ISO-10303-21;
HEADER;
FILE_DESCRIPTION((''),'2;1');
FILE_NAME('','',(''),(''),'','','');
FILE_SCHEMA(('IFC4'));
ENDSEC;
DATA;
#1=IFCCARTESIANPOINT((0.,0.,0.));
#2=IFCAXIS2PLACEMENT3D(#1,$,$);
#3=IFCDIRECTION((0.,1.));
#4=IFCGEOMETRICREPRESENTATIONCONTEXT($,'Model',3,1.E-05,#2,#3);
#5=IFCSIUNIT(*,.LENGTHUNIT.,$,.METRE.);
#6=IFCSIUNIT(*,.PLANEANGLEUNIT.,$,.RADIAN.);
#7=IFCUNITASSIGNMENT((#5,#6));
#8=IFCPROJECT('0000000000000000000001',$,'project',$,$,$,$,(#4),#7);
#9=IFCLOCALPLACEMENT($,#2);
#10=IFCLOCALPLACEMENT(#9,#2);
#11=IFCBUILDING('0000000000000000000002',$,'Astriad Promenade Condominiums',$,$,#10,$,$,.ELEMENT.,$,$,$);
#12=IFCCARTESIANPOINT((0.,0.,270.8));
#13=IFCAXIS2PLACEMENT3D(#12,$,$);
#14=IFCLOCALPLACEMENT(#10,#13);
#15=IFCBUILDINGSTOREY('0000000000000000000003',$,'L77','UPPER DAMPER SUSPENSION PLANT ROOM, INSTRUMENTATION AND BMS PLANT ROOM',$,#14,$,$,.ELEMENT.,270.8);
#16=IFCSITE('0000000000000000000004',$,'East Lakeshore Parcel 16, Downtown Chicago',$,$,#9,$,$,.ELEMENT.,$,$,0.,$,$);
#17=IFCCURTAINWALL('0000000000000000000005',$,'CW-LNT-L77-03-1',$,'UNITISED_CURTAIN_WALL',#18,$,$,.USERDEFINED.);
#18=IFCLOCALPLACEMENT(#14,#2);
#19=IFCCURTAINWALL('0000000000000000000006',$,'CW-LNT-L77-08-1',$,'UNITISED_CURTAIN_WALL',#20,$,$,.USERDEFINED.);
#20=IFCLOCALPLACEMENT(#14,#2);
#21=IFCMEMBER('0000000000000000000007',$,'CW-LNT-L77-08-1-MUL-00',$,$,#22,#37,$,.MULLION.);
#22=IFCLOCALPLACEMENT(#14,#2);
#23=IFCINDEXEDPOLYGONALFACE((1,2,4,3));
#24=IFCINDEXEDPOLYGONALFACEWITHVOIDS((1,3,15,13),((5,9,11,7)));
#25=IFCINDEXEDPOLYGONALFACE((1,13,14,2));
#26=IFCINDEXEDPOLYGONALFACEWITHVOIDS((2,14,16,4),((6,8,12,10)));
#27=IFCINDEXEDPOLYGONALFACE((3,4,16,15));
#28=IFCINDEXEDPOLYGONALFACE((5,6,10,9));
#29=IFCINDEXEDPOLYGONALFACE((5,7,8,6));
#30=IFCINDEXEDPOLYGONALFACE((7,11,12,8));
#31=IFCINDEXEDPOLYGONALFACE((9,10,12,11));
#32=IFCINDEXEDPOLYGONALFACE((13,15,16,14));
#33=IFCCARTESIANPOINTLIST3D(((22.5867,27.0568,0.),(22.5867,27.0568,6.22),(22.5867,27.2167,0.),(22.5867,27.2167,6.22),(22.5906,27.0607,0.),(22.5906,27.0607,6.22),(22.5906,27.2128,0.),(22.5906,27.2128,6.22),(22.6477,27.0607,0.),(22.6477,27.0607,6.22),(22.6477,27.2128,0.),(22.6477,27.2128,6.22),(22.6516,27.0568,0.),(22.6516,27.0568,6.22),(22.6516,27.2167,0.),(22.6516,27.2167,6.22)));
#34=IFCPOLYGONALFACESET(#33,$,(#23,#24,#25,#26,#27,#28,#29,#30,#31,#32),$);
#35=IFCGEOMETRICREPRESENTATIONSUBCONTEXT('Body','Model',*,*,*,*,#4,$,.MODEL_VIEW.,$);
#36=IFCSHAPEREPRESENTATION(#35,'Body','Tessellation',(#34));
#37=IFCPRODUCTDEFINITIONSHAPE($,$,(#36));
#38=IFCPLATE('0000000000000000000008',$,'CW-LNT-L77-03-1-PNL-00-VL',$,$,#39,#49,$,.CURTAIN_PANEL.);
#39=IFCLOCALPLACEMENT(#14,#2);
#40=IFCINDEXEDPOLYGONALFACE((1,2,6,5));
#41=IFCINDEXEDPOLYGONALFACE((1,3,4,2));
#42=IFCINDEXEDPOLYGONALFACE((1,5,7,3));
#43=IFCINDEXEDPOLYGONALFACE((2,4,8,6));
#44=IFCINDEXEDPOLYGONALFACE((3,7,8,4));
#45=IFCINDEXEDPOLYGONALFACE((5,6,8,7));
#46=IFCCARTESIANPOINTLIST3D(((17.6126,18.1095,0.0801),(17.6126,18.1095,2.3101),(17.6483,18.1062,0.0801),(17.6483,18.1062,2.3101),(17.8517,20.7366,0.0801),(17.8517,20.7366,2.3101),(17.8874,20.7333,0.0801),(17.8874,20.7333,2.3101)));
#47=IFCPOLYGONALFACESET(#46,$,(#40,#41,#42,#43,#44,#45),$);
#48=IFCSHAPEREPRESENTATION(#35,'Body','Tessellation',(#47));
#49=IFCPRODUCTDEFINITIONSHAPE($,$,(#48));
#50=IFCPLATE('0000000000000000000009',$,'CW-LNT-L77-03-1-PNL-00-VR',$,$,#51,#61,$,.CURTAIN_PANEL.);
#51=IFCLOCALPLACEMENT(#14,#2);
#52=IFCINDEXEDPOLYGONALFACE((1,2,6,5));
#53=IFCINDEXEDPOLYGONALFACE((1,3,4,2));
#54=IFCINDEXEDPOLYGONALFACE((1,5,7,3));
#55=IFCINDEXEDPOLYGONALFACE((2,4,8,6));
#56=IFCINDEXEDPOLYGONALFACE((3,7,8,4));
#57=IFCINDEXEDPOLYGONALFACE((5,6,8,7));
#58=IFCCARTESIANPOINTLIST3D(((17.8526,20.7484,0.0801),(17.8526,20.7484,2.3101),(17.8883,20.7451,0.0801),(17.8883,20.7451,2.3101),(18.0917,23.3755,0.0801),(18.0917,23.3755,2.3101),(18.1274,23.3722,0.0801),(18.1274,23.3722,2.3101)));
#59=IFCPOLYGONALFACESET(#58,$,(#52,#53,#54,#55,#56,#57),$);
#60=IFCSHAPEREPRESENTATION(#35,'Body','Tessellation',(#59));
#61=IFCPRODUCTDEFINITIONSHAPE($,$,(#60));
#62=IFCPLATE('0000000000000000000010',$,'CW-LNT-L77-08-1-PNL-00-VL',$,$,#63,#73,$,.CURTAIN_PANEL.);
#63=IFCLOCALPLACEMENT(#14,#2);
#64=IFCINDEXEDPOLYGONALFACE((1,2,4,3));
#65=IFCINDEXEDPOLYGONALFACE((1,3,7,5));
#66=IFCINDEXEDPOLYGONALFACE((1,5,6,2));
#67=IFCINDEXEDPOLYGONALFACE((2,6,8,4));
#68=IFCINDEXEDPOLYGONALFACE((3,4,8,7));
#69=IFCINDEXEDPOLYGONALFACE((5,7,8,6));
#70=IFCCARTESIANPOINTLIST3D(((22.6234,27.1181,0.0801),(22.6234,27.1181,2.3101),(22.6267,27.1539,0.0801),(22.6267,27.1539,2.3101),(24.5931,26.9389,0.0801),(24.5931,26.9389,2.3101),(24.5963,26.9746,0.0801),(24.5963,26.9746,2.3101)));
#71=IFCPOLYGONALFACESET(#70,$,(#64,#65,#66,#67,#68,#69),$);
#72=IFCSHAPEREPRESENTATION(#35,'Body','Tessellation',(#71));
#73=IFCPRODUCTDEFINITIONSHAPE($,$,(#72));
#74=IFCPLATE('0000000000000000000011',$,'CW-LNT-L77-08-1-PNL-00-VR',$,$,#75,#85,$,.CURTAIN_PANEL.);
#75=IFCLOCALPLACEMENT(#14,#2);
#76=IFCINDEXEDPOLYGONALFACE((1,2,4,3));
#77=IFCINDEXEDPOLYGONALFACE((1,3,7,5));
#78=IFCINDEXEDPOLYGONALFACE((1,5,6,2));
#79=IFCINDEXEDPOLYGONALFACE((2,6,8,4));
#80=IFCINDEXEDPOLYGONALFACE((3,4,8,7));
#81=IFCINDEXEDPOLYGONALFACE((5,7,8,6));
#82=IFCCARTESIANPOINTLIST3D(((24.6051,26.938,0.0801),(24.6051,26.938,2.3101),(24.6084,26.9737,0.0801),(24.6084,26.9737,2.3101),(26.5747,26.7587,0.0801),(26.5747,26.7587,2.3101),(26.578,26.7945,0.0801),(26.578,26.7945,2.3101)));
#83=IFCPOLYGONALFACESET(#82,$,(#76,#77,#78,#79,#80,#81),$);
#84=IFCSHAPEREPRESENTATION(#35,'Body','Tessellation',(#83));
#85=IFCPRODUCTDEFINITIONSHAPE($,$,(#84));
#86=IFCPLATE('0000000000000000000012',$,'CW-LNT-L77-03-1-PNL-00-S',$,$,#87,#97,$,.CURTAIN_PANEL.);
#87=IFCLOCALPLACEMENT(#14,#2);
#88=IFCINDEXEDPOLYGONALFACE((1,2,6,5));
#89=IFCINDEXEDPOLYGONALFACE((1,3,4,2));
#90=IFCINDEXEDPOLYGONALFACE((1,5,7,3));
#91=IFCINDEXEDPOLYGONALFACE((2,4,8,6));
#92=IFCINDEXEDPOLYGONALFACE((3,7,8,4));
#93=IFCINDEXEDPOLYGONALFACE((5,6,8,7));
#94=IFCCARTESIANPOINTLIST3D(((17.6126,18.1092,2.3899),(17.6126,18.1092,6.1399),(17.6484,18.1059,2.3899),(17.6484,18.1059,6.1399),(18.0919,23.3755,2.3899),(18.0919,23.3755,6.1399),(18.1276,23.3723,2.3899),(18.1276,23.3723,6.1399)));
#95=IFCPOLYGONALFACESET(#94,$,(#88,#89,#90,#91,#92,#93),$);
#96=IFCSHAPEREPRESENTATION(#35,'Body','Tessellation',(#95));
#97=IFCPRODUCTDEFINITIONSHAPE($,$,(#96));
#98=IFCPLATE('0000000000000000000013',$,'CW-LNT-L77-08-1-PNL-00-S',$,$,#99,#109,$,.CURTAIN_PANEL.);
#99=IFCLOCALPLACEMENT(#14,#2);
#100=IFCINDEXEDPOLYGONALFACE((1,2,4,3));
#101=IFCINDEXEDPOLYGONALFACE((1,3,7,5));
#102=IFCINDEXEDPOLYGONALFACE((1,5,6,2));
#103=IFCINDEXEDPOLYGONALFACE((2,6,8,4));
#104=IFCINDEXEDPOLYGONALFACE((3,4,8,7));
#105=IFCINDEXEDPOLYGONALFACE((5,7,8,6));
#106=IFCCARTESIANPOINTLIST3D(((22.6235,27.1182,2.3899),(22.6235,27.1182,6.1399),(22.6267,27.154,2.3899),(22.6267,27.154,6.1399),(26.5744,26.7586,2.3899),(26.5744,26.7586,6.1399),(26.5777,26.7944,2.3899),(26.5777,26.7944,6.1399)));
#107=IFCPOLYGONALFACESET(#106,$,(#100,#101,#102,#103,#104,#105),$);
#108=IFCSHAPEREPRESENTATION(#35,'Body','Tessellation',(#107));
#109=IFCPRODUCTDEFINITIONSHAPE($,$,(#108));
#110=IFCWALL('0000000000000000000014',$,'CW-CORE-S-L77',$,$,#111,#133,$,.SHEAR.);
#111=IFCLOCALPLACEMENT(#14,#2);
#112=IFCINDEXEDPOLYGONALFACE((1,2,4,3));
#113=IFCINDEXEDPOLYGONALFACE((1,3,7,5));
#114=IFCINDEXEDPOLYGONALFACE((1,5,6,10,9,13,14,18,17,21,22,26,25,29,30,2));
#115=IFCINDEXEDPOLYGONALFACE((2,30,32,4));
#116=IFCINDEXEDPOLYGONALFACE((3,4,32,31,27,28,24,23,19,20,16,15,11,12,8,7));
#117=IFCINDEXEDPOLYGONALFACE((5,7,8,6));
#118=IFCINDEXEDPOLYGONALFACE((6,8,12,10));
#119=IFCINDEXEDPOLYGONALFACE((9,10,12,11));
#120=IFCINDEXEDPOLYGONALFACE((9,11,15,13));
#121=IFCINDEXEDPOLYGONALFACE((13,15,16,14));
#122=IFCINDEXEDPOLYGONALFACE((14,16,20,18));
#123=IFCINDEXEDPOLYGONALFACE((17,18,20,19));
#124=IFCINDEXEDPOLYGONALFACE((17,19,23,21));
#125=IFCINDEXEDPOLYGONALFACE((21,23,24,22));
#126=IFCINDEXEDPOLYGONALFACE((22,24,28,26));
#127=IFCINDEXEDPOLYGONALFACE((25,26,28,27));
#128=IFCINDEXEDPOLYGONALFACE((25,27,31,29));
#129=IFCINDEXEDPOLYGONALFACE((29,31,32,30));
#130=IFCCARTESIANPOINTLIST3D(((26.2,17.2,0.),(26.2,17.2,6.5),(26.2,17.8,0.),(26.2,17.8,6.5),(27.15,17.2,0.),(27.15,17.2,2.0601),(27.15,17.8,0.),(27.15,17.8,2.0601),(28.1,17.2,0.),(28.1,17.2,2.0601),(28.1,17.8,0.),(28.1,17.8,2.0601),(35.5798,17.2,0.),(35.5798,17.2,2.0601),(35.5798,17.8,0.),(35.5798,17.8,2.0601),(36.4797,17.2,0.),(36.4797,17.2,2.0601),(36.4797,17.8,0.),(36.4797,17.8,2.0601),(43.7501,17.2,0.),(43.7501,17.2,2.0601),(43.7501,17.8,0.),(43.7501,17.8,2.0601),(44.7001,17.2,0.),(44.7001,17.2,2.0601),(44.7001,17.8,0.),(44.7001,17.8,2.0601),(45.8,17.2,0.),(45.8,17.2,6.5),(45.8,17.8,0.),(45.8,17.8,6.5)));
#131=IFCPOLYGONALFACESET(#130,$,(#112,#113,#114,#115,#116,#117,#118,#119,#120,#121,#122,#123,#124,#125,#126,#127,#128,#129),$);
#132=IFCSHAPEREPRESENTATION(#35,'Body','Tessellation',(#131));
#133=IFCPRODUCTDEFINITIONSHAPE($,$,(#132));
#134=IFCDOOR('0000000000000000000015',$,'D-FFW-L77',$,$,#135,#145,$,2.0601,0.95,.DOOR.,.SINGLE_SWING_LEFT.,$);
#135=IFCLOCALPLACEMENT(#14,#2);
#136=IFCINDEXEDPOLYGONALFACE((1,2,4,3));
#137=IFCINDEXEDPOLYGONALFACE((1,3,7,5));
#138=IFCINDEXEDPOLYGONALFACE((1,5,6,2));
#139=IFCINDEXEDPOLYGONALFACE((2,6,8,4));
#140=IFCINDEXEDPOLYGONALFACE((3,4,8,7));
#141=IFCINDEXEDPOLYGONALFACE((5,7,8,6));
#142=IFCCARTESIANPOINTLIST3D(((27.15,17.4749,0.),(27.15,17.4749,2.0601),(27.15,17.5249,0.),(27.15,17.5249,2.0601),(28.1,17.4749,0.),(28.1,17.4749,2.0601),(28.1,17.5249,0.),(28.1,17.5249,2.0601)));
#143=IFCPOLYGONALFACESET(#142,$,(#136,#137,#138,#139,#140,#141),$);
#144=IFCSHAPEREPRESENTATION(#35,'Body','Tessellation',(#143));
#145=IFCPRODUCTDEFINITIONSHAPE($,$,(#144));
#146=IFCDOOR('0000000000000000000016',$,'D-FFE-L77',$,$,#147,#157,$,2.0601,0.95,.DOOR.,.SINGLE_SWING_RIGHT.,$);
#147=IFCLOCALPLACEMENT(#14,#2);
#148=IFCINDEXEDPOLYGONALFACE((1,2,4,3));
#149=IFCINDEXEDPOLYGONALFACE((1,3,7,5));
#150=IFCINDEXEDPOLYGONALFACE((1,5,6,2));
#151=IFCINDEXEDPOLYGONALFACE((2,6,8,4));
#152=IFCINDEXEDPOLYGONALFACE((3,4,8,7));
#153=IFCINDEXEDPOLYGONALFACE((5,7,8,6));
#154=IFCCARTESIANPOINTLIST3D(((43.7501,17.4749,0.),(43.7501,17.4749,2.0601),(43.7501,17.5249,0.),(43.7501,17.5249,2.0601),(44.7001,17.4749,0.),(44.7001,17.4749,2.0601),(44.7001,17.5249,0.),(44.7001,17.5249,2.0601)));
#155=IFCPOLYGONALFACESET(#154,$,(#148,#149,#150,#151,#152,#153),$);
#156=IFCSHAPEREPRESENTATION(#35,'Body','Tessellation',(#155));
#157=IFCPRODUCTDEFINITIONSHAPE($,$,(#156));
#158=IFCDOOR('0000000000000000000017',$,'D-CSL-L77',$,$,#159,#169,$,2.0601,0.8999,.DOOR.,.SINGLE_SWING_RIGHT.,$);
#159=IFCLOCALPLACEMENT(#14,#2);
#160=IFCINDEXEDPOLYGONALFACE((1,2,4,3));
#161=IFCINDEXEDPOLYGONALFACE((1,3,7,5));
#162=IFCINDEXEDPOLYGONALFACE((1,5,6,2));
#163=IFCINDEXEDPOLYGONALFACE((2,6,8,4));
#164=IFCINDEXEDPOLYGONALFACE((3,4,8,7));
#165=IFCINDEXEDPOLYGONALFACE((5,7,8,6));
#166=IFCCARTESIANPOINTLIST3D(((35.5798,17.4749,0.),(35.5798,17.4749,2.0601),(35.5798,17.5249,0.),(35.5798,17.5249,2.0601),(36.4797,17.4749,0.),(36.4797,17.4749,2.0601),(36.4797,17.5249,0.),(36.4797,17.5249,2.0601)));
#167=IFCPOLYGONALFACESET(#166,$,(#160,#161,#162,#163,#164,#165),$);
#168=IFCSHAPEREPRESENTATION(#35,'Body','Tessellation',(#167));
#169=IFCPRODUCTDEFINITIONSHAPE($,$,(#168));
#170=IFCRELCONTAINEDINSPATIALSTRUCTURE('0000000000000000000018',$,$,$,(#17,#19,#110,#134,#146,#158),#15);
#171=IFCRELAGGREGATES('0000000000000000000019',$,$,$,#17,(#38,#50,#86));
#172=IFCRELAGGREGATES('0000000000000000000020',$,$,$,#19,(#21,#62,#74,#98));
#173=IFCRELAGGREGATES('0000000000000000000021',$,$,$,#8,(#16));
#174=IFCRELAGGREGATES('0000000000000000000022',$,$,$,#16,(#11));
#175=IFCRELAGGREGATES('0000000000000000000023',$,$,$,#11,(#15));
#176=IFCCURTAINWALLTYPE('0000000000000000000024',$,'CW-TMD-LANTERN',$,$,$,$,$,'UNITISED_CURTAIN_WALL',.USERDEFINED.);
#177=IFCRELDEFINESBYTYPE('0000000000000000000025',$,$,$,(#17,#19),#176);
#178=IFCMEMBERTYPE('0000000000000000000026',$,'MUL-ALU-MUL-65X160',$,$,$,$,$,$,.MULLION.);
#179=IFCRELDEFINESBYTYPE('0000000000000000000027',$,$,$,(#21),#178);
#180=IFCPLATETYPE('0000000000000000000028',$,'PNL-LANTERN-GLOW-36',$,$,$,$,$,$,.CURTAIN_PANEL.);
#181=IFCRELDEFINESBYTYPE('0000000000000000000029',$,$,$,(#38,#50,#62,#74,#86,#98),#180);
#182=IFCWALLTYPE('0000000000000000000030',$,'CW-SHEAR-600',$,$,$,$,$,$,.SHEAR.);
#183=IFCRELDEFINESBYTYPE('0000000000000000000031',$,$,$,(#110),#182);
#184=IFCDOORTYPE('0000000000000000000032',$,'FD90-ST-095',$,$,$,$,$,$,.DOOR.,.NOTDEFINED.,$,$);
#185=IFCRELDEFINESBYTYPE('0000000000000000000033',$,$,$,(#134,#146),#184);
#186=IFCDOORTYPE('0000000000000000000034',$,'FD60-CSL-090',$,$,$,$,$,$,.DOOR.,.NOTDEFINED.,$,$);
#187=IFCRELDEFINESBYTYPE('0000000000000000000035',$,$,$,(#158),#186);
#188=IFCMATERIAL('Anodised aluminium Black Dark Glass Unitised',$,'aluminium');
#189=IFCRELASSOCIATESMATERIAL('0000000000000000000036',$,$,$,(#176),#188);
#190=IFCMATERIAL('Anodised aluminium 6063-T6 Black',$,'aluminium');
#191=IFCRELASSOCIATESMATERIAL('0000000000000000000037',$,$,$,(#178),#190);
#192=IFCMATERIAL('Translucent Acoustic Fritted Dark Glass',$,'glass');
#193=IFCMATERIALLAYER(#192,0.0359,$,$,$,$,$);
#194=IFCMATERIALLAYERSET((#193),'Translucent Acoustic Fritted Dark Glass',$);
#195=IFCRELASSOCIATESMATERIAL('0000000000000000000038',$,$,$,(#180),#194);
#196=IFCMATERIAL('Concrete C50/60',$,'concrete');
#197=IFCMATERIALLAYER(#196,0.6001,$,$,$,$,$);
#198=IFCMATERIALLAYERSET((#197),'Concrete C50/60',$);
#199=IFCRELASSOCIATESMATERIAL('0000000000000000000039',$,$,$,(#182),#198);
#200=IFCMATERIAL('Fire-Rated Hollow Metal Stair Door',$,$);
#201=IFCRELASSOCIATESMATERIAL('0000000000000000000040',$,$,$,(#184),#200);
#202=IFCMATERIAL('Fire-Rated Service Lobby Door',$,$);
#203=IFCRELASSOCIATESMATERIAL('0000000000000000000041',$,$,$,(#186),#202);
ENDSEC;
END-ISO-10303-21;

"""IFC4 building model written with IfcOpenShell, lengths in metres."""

from ifc_helpers import new_model, si_unit, direction, frame, frame_2d, origin, origin_2d, place, context, subcontext, project, spatial, rectangle, hollow_rectangle, extrude, source, transform, mapped, material, layer, layer_set, material_profile, profile_set, type_object, type_shapes, element, fill, aggregate, save


model = new_model("IFC4")

# Units and contexts
model_context = context("Model", 3, precision=1e-05, world=origin(), true_north=direction((0.0, 1.0)))
body_context = subcontext(model_context, "Body", "Model", "MODEL_VIEW")
ifc_project = project(units=[si_unit("LENGTHUNIT", "METRE"), si_unit("PLANEANGLEUNIT", "RADIAN")], contexts=[model_context])

# Site, building, storey
site_placement = place(None, origin())
site = spatial("IfcSite", under=ifc_project, at=site_placement, Name="East Lakeshore Parcel 16, Downtown Chicago", CompositionType="ELEMENT", RefElevation=0.0)
building_placement = place(site_placement, origin())
building = spatial("IfcBuilding", under=site, at=building_placement, Name="Astriad Promenade Condominiums", CompositionType="ELEMENT")
storey_placement = place(building_placement, frame((0.0, 0.0, 270.8)))
storey = spatial("IfcBuildingStorey", under=building, at=storey_placement, Name="L77", Description="UPPER DAMPER SUSPENSION PLANT ROOM, INSTRUMENTATION AND BMS PLANT ROOM", CompositionType="ELEMENT", Elevation=270.8)

# Curtain walls
ifc_material_1 = material(Name="Anodised aluminium Black Dark Glass Unitised", Category="aluminium")
curtain_wall_type = type_object("IfcCurtainWallType", Name="CW-TMD-LANTERN", ElementType="UNITISED_CURTAIN_WALL", PredefinedType="USERDEFINED", material=ifc_material_1)
curtain_wall_1_placement = place(storey_placement, origin())
curtain_wall_1 = element("IfcCurtainWall", 1, at=curtain_wall_1_placement, inside=storey, type_object=curtain_wall_type, Name="CW-LNT-L77-03-1", ObjectType="UNITISED_CURTAIN_WALL", PredefinedType="USERDEFINED")
ifc_material_2 = material(Name="Anodised aluminium 6063-T6 Black", Category="aluminium")
curtain_wall_2_placement = place(storey_placement, origin())
curtain_wall_2 = element("IfcCurtainWall", 2, at=curtain_wall_2_placement, inside=storey, type_object=curtain_wall_type, Name="CW-LNT-L77-08-1", ObjectType="UNITISED_CURTAIN_WALL", PredefinedType="USERDEFINED")

# Member
ifc_material_profile_1 = material_profile(ifc_material_2, hollow_rectangle(XDim=0.0649, YDim=0.1599, WallThickness=0.0039, at=origin_2d()), Name="ALU-MUL-65X160")
ifc_profile_set_1 = profile_set([ifc_material_profile_1], Name="Anodised aluminium 6063-T6 Black")
member_type_1 = type_object("IfcMemberType", Name="MUL-ALU-MUL-65X160", PredefinedType="MULLION", material=ifc_profile_set_1)
shared_shape_1 = source(origin(), body_context, "Body", "SweptSolid", [
    extrude(hollow_rectangle(XDim=0.0649, YDim=0.1599, WallThickness=0.0039, at=origin_2d()), origin(), (0.0, 0.0, 1.0), 6.22),
])
type_shapes(member_type_1, [shared_shape_1])
member_1_placement = place(storey_placement, frame((22.6191, 27.1367, 0.0), z_axis=(0.0, 0.0, 1.0), x_axis=(1.0, 0.0, 0.0)))
member_1 = element("IfcMember", 3, at=member_1_placement, type_object=member_type_1, Name="CW-LNT-L77-08-1-MUL-00", PredefinedType="MULLION", context=body_context, shape_type="MappedRepresentation", body=[
    mapped(shared_shape_1, transform((0.0, 0.0, 0.0), scale=1.0)),
])

# Plates
ifc_material_3 = material(Name="Translucent Acoustic Fritted Dark Glass", Category="glass")
ifc_layer_1 = layer(ifc_material_3, 0.0359)
ifc_layer_set_1 = layer_set([ifc_layer_1], Name="Translucent Acoustic Fritted Dark Glass")
plate_type = type_object("IfcPlateType", Name="PNL-LANTERN-GLOW-36", PredefinedType="CURTAIN_PANEL", material=ifc_layer_set_1)
shared_shape_2 = source(origin(), body_context, "Body", "SweptSolid", [
    extrude(rectangle(XDim=2.6379, YDim=0.0359, at=origin_2d()), origin(), (0.0, 0.0, 1.0), 2.23),
])
plate_1_placement = place(storey_placement, frame((17.75, 19.4214, 0.0801), z_axis=(0.0, 0.0, 1.0), x_axis=(0.090633, 0.995884, 0.0)))
plate_1 = element("IfcPlate", 4, at=plate_1_placement, type_object=plate_type, Name="CW-LNT-L77-03-1-PNL-00-VL", PredefinedType="CURTAIN_PANEL", context=body_context, shape_type="MappedRepresentation", body=[
    mapped(shared_shape_2, transform((0.0, 0.0, 0.0), scale=1.0)),
])
plate_2_placement = place(storey_placement, frame((17.99, 22.0603, 0.0801), z_axis=(0.0, 0.0, 1.0), x_axis=(0.090633, 0.995884, 0.0)))
plate_2 = element("IfcPlate", 5, at=plate_2_placement, type_object=plate_type, Name="CW-LNT-L77-03-1-PNL-00-VR", PredefinedType="CURTAIN_PANEL", context=body_context, shape_type="MappedRepresentation", body=[
    mapped(shared_shape_2, transform((0.0, 0.0, 0.0), scale=1.0)),
])
shared_shape_3 = source(origin(), body_context, "Body", "SweptSolid", [
    extrude(rectangle(XDim=1.9778, YDim=0.0359, at=origin_2d()), origin(), (0.0, 0.0, 1.0), 2.23),
])
plate_3_placement = place(storey_placement, frame((23.6099, 27.0464, 0.0801), z_axis=(0.0, 0.0, 1.0), x_axis=(0.995884, -0.090633, 0.0)))
plate_3 = element("IfcPlate", 6, at=plate_3_placement, type_object=plate_type, Name="CW-LNT-L77-08-1-PNL-00-VL", PredefinedType="CURTAIN_PANEL", context=body_context, shape_type="MappedRepresentation", body=[
    mapped(shared_shape_3, transform((0.0, 0.0, 0.0), scale=1.0)),
])
plate_4_placement = place(storey_placement, frame((25.5916, 26.8662, 0.0801), z_axis=(0.0, 0.0, 1.0), x_axis=(0.995884, -0.090633, 0.0)))
plate_4 = element("IfcPlate", 7, at=plate_4_placement, type_object=plate_type, Name="CW-LNT-L77-08-1-PNL-00-VR", PredefinedType="CURTAIN_PANEL", context=body_context, shape_type="MappedRepresentation", body=[
    mapped(shared_shape_3, transform((0.0, 0.0, 0.0), scale=1.0)),
])
shared_shape_4 = source(origin(), body_context, "Body", "SweptSolid", [
    extrude(rectangle(XDim=5.2881, YDim=0.0359, at=origin_2d()), origin(), (0.0, 0.0, 1.0), 3.75),
])
plate_5_placement = place(storey_placement, frame((17.8701, 20.7407, 2.3899), z_axis=(0.0, 0.0, 1.0), x_axis=(0.090633, 0.995884, 0.0)))
plate_5 = element("IfcPlate", 8, at=plate_5_placement, type_object=plate_type, Name="CW-LNT-L77-03-1-PNL-00-S", PredefinedType="CURTAIN_PANEL", context=body_context, shape_type="MappedRepresentation", body=[
    mapped(shared_shape_4, transform((0.0, 0.0, 0.0), scale=1.0)),
])
aggregate(curtain_wall_1, [plate_1, plate_2, plate_5])
shared_shape_5 = source(origin(), body_context, "Body", "SweptSolid", [
    extrude(rectangle(XDim=3.9673, YDim=0.0359, at=origin_2d()), origin(), (0.0, 0.0, 1.0), 3.75),
])
type_shapes(plate_type, [shared_shape_2, shared_shape_3, shared_shape_4, shared_shape_5])
plate_6_placement = place(storey_placement, frame((24.6006, 26.9563, 2.3899), z_axis=(0.0, 0.0, 1.0), x_axis=(0.995884, -0.090633, 0.0)))
plate_6 = element("IfcPlate", 9, at=plate_6_placement, type_object=plate_type, Name="CW-LNT-L77-08-1-PNL-00-S", PredefinedType="CURTAIN_PANEL", context=body_context, shape_type="MappedRepresentation", body=[
    mapped(shared_shape_5, transform((0.0, 0.0, 0.0), scale=1.0)),
])
aggregate(curtain_wall_2, [member_1, plate_3, plate_4, plate_6])

# Wall, openings, doors
ifc_material_4 = material(Name="Concrete C50/60", Category="concrete")
ifc_layer_2 = layer(ifc_material_4, 0.6001)
ifc_layer_set_2 = layer_set([ifc_layer_2], Name="Concrete C50/60")
wall_type_1 = type_object("IfcWallType", Name="CW-SHEAR-600", PredefinedType="SHEAR", material=ifc_layer_set_2)
wall_1_placement = place(storey_placement, frame((26.2, 17.5, 0.0), z_axis=(0.0, 0.0, 1.0), x_axis=(1.0, 0.0, 0.0)))
wall_1 = element("IfcWall", 10, at=wall_1_placement, inside=storey, type_object=wall_type_1, Name="CW-CORE-S-L77", PredefinedType="SHEAR", context=body_context, shape_type="SweptSolid", body=[
    extrude(rectangle(XDim=19.6001, YDim=0.6001, at=frame_2d((9.8, 0.0))), origin(), (0.0, 0.0, 1.0), 6.5),
])
opening_1_placement = place(wall_1_placement, frame((0.95, 0.0, 0.0)))
opening_1 = element("IfcOpeningElement", 11, at=opening_1_placement, cuts=wall_1, PredefinedType="OPENING", context=body_context, shape_type="SweptSolid", body=[
    extrude(rectangle(XDim=0.95, YDim=2.0601, at=frame_2d((0.4751, 1.03))), frame((0.0, 0.3101, 0.0), z_axis=(0.0, -1.0, 0.0), x_axis=(1.0, 0.0, 0.0)), (0.0, 0.0, 1.0), 0.6201),
])
opening_2_placement = place(wall_1_placement, frame((9.3799, 0.0, 0.0)))
opening_2 = element("IfcOpeningElement", 12, at=opening_2_placement, cuts=wall_1, PredefinedType="OPENING", context=body_context, shape_type="SweptSolid", body=[
    extrude(rectangle(XDim=0.8999, YDim=2.0601, at=frame_2d((0.45, 1.03))), frame((0.0, 0.3101, 0.0), z_axis=(0.0, -1.0, 0.0), x_axis=(1.0, 0.0, 0.0)), (0.0, 0.0, 1.0), 0.6201),
])
opening_3_placement = place(wall_1_placement, frame((17.55, 0.0, 0.0)))
opening_3 = element("IfcOpeningElement", 13, at=opening_3_placement, cuts=wall_1, PredefinedType="OPENING", context=body_context, shape_type="SweptSolid", body=[
    extrude(rectangle(XDim=0.95, YDim=2.0601, at=frame_2d((0.4751, 1.03))), frame((0.0, 0.3101, 0.0), z_axis=(0.0, -1.0, 0.0), x_axis=(1.0, 0.0, 0.0)), (0.0, 0.0, 1.0), 0.6201),
])
ifc_material_5 = material(Name="Fire-Rated Hollow Metal Stair Door")
door_type_1 = type_object("IfcDoorType", Name="FD90-ST-095", OperationType="NOTDEFINED", PredefinedType="DOOR", material=ifc_material_5)
shared_shape_6 = source(origin(), body_context, "Body", "SweptSolid", [
    extrude(rectangle(XDim=0.95, YDim=2.0601, at=frame_2d((0.4751, 1.03))), frame((0.0, 0.0249, 0.0), z_axis=(0.0, -1.0, 0.0), x_axis=(1.0, 0.0, 0.0)), (0.0, 0.0, 1.0), 0.05),
])
type_shapes(door_type_1, [shared_shape_6])
door_1_placement = place(opening_1_placement, origin())
door_1 = element("IfcDoor", 14, at=door_1_placement, inside=storey, type_object=door_type_1, Name="D-FFW-L77", OperationType="SINGLE_SWING_LEFT", OverallHeight=2.0601, OverallWidth=0.95, PredefinedType="DOOR", context=body_context, shape_type="MappedRepresentation", body=[
    mapped(shared_shape_6, transform((0.0, 0.0, 0.0), scale=1.0)),
])
fill(opening_1, door_1)
door_2_placement = place(opening_3_placement, origin())
door_2 = element("IfcDoor", 15, at=door_2_placement, inside=storey, type_object=door_type_1, Name="D-FFE-L77", OperationType="SINGLE_SWING_RIGHT", OverallHeight=2.0601, OverallWidth=0.95, PredefinedType="DOOR", context=body_context, shape_type="MappedRepresentation", body=[
    mapped(shared_shape_6, transform((0.0, 0.0, 0.0), scale=1.0)),
])
fill(opening_3, door_2)
ifc_material_6 = material(Name="Fire-Rated Service Lobby Door")
door_type_2 = type_object("IfcDoorType", Name="FD60-CSL-090", OperationType="NOTDEFINED", PredefinedType="DOOR", material=ifc_material_6)
shared_shape_7 = source(origin(), body_context, "Body", "SweptSolid", [
    extrude(rectangle(XDim=0.8999, YDim=2.0601, at=frame_2d((0.45, 1.03))), frame((0.0, 0.0249, 0.0), z_axis=(0.0, -1.0, 0.0), x_axis=(1.0, 0.0, 0.0)), (0.0, 0.0, 1.0), 0.05),
])
type_shapes(door_type_2, [shared_shape_7])
door_3_placement = place(opening_2_placement, origin())
door_3 = element("IfcDoor", 16, at=door_3_placement, inside=storey, type_object=door_type_2, Name="D-CSL-L77", OperationType="SINGLE_SWING_RIGHT", OverallHeight=2.0601, OverallWidth=0.8999, PredefinedType="DOOR", context=body_context, shape_type="MappedRepresentation", body=[
    mapped(shared_shape_7, transform((0.0, 0.0, 0.0), scale=1.0)),
])
fill(opening_2, door_3)

save(model, "model.ifc")
